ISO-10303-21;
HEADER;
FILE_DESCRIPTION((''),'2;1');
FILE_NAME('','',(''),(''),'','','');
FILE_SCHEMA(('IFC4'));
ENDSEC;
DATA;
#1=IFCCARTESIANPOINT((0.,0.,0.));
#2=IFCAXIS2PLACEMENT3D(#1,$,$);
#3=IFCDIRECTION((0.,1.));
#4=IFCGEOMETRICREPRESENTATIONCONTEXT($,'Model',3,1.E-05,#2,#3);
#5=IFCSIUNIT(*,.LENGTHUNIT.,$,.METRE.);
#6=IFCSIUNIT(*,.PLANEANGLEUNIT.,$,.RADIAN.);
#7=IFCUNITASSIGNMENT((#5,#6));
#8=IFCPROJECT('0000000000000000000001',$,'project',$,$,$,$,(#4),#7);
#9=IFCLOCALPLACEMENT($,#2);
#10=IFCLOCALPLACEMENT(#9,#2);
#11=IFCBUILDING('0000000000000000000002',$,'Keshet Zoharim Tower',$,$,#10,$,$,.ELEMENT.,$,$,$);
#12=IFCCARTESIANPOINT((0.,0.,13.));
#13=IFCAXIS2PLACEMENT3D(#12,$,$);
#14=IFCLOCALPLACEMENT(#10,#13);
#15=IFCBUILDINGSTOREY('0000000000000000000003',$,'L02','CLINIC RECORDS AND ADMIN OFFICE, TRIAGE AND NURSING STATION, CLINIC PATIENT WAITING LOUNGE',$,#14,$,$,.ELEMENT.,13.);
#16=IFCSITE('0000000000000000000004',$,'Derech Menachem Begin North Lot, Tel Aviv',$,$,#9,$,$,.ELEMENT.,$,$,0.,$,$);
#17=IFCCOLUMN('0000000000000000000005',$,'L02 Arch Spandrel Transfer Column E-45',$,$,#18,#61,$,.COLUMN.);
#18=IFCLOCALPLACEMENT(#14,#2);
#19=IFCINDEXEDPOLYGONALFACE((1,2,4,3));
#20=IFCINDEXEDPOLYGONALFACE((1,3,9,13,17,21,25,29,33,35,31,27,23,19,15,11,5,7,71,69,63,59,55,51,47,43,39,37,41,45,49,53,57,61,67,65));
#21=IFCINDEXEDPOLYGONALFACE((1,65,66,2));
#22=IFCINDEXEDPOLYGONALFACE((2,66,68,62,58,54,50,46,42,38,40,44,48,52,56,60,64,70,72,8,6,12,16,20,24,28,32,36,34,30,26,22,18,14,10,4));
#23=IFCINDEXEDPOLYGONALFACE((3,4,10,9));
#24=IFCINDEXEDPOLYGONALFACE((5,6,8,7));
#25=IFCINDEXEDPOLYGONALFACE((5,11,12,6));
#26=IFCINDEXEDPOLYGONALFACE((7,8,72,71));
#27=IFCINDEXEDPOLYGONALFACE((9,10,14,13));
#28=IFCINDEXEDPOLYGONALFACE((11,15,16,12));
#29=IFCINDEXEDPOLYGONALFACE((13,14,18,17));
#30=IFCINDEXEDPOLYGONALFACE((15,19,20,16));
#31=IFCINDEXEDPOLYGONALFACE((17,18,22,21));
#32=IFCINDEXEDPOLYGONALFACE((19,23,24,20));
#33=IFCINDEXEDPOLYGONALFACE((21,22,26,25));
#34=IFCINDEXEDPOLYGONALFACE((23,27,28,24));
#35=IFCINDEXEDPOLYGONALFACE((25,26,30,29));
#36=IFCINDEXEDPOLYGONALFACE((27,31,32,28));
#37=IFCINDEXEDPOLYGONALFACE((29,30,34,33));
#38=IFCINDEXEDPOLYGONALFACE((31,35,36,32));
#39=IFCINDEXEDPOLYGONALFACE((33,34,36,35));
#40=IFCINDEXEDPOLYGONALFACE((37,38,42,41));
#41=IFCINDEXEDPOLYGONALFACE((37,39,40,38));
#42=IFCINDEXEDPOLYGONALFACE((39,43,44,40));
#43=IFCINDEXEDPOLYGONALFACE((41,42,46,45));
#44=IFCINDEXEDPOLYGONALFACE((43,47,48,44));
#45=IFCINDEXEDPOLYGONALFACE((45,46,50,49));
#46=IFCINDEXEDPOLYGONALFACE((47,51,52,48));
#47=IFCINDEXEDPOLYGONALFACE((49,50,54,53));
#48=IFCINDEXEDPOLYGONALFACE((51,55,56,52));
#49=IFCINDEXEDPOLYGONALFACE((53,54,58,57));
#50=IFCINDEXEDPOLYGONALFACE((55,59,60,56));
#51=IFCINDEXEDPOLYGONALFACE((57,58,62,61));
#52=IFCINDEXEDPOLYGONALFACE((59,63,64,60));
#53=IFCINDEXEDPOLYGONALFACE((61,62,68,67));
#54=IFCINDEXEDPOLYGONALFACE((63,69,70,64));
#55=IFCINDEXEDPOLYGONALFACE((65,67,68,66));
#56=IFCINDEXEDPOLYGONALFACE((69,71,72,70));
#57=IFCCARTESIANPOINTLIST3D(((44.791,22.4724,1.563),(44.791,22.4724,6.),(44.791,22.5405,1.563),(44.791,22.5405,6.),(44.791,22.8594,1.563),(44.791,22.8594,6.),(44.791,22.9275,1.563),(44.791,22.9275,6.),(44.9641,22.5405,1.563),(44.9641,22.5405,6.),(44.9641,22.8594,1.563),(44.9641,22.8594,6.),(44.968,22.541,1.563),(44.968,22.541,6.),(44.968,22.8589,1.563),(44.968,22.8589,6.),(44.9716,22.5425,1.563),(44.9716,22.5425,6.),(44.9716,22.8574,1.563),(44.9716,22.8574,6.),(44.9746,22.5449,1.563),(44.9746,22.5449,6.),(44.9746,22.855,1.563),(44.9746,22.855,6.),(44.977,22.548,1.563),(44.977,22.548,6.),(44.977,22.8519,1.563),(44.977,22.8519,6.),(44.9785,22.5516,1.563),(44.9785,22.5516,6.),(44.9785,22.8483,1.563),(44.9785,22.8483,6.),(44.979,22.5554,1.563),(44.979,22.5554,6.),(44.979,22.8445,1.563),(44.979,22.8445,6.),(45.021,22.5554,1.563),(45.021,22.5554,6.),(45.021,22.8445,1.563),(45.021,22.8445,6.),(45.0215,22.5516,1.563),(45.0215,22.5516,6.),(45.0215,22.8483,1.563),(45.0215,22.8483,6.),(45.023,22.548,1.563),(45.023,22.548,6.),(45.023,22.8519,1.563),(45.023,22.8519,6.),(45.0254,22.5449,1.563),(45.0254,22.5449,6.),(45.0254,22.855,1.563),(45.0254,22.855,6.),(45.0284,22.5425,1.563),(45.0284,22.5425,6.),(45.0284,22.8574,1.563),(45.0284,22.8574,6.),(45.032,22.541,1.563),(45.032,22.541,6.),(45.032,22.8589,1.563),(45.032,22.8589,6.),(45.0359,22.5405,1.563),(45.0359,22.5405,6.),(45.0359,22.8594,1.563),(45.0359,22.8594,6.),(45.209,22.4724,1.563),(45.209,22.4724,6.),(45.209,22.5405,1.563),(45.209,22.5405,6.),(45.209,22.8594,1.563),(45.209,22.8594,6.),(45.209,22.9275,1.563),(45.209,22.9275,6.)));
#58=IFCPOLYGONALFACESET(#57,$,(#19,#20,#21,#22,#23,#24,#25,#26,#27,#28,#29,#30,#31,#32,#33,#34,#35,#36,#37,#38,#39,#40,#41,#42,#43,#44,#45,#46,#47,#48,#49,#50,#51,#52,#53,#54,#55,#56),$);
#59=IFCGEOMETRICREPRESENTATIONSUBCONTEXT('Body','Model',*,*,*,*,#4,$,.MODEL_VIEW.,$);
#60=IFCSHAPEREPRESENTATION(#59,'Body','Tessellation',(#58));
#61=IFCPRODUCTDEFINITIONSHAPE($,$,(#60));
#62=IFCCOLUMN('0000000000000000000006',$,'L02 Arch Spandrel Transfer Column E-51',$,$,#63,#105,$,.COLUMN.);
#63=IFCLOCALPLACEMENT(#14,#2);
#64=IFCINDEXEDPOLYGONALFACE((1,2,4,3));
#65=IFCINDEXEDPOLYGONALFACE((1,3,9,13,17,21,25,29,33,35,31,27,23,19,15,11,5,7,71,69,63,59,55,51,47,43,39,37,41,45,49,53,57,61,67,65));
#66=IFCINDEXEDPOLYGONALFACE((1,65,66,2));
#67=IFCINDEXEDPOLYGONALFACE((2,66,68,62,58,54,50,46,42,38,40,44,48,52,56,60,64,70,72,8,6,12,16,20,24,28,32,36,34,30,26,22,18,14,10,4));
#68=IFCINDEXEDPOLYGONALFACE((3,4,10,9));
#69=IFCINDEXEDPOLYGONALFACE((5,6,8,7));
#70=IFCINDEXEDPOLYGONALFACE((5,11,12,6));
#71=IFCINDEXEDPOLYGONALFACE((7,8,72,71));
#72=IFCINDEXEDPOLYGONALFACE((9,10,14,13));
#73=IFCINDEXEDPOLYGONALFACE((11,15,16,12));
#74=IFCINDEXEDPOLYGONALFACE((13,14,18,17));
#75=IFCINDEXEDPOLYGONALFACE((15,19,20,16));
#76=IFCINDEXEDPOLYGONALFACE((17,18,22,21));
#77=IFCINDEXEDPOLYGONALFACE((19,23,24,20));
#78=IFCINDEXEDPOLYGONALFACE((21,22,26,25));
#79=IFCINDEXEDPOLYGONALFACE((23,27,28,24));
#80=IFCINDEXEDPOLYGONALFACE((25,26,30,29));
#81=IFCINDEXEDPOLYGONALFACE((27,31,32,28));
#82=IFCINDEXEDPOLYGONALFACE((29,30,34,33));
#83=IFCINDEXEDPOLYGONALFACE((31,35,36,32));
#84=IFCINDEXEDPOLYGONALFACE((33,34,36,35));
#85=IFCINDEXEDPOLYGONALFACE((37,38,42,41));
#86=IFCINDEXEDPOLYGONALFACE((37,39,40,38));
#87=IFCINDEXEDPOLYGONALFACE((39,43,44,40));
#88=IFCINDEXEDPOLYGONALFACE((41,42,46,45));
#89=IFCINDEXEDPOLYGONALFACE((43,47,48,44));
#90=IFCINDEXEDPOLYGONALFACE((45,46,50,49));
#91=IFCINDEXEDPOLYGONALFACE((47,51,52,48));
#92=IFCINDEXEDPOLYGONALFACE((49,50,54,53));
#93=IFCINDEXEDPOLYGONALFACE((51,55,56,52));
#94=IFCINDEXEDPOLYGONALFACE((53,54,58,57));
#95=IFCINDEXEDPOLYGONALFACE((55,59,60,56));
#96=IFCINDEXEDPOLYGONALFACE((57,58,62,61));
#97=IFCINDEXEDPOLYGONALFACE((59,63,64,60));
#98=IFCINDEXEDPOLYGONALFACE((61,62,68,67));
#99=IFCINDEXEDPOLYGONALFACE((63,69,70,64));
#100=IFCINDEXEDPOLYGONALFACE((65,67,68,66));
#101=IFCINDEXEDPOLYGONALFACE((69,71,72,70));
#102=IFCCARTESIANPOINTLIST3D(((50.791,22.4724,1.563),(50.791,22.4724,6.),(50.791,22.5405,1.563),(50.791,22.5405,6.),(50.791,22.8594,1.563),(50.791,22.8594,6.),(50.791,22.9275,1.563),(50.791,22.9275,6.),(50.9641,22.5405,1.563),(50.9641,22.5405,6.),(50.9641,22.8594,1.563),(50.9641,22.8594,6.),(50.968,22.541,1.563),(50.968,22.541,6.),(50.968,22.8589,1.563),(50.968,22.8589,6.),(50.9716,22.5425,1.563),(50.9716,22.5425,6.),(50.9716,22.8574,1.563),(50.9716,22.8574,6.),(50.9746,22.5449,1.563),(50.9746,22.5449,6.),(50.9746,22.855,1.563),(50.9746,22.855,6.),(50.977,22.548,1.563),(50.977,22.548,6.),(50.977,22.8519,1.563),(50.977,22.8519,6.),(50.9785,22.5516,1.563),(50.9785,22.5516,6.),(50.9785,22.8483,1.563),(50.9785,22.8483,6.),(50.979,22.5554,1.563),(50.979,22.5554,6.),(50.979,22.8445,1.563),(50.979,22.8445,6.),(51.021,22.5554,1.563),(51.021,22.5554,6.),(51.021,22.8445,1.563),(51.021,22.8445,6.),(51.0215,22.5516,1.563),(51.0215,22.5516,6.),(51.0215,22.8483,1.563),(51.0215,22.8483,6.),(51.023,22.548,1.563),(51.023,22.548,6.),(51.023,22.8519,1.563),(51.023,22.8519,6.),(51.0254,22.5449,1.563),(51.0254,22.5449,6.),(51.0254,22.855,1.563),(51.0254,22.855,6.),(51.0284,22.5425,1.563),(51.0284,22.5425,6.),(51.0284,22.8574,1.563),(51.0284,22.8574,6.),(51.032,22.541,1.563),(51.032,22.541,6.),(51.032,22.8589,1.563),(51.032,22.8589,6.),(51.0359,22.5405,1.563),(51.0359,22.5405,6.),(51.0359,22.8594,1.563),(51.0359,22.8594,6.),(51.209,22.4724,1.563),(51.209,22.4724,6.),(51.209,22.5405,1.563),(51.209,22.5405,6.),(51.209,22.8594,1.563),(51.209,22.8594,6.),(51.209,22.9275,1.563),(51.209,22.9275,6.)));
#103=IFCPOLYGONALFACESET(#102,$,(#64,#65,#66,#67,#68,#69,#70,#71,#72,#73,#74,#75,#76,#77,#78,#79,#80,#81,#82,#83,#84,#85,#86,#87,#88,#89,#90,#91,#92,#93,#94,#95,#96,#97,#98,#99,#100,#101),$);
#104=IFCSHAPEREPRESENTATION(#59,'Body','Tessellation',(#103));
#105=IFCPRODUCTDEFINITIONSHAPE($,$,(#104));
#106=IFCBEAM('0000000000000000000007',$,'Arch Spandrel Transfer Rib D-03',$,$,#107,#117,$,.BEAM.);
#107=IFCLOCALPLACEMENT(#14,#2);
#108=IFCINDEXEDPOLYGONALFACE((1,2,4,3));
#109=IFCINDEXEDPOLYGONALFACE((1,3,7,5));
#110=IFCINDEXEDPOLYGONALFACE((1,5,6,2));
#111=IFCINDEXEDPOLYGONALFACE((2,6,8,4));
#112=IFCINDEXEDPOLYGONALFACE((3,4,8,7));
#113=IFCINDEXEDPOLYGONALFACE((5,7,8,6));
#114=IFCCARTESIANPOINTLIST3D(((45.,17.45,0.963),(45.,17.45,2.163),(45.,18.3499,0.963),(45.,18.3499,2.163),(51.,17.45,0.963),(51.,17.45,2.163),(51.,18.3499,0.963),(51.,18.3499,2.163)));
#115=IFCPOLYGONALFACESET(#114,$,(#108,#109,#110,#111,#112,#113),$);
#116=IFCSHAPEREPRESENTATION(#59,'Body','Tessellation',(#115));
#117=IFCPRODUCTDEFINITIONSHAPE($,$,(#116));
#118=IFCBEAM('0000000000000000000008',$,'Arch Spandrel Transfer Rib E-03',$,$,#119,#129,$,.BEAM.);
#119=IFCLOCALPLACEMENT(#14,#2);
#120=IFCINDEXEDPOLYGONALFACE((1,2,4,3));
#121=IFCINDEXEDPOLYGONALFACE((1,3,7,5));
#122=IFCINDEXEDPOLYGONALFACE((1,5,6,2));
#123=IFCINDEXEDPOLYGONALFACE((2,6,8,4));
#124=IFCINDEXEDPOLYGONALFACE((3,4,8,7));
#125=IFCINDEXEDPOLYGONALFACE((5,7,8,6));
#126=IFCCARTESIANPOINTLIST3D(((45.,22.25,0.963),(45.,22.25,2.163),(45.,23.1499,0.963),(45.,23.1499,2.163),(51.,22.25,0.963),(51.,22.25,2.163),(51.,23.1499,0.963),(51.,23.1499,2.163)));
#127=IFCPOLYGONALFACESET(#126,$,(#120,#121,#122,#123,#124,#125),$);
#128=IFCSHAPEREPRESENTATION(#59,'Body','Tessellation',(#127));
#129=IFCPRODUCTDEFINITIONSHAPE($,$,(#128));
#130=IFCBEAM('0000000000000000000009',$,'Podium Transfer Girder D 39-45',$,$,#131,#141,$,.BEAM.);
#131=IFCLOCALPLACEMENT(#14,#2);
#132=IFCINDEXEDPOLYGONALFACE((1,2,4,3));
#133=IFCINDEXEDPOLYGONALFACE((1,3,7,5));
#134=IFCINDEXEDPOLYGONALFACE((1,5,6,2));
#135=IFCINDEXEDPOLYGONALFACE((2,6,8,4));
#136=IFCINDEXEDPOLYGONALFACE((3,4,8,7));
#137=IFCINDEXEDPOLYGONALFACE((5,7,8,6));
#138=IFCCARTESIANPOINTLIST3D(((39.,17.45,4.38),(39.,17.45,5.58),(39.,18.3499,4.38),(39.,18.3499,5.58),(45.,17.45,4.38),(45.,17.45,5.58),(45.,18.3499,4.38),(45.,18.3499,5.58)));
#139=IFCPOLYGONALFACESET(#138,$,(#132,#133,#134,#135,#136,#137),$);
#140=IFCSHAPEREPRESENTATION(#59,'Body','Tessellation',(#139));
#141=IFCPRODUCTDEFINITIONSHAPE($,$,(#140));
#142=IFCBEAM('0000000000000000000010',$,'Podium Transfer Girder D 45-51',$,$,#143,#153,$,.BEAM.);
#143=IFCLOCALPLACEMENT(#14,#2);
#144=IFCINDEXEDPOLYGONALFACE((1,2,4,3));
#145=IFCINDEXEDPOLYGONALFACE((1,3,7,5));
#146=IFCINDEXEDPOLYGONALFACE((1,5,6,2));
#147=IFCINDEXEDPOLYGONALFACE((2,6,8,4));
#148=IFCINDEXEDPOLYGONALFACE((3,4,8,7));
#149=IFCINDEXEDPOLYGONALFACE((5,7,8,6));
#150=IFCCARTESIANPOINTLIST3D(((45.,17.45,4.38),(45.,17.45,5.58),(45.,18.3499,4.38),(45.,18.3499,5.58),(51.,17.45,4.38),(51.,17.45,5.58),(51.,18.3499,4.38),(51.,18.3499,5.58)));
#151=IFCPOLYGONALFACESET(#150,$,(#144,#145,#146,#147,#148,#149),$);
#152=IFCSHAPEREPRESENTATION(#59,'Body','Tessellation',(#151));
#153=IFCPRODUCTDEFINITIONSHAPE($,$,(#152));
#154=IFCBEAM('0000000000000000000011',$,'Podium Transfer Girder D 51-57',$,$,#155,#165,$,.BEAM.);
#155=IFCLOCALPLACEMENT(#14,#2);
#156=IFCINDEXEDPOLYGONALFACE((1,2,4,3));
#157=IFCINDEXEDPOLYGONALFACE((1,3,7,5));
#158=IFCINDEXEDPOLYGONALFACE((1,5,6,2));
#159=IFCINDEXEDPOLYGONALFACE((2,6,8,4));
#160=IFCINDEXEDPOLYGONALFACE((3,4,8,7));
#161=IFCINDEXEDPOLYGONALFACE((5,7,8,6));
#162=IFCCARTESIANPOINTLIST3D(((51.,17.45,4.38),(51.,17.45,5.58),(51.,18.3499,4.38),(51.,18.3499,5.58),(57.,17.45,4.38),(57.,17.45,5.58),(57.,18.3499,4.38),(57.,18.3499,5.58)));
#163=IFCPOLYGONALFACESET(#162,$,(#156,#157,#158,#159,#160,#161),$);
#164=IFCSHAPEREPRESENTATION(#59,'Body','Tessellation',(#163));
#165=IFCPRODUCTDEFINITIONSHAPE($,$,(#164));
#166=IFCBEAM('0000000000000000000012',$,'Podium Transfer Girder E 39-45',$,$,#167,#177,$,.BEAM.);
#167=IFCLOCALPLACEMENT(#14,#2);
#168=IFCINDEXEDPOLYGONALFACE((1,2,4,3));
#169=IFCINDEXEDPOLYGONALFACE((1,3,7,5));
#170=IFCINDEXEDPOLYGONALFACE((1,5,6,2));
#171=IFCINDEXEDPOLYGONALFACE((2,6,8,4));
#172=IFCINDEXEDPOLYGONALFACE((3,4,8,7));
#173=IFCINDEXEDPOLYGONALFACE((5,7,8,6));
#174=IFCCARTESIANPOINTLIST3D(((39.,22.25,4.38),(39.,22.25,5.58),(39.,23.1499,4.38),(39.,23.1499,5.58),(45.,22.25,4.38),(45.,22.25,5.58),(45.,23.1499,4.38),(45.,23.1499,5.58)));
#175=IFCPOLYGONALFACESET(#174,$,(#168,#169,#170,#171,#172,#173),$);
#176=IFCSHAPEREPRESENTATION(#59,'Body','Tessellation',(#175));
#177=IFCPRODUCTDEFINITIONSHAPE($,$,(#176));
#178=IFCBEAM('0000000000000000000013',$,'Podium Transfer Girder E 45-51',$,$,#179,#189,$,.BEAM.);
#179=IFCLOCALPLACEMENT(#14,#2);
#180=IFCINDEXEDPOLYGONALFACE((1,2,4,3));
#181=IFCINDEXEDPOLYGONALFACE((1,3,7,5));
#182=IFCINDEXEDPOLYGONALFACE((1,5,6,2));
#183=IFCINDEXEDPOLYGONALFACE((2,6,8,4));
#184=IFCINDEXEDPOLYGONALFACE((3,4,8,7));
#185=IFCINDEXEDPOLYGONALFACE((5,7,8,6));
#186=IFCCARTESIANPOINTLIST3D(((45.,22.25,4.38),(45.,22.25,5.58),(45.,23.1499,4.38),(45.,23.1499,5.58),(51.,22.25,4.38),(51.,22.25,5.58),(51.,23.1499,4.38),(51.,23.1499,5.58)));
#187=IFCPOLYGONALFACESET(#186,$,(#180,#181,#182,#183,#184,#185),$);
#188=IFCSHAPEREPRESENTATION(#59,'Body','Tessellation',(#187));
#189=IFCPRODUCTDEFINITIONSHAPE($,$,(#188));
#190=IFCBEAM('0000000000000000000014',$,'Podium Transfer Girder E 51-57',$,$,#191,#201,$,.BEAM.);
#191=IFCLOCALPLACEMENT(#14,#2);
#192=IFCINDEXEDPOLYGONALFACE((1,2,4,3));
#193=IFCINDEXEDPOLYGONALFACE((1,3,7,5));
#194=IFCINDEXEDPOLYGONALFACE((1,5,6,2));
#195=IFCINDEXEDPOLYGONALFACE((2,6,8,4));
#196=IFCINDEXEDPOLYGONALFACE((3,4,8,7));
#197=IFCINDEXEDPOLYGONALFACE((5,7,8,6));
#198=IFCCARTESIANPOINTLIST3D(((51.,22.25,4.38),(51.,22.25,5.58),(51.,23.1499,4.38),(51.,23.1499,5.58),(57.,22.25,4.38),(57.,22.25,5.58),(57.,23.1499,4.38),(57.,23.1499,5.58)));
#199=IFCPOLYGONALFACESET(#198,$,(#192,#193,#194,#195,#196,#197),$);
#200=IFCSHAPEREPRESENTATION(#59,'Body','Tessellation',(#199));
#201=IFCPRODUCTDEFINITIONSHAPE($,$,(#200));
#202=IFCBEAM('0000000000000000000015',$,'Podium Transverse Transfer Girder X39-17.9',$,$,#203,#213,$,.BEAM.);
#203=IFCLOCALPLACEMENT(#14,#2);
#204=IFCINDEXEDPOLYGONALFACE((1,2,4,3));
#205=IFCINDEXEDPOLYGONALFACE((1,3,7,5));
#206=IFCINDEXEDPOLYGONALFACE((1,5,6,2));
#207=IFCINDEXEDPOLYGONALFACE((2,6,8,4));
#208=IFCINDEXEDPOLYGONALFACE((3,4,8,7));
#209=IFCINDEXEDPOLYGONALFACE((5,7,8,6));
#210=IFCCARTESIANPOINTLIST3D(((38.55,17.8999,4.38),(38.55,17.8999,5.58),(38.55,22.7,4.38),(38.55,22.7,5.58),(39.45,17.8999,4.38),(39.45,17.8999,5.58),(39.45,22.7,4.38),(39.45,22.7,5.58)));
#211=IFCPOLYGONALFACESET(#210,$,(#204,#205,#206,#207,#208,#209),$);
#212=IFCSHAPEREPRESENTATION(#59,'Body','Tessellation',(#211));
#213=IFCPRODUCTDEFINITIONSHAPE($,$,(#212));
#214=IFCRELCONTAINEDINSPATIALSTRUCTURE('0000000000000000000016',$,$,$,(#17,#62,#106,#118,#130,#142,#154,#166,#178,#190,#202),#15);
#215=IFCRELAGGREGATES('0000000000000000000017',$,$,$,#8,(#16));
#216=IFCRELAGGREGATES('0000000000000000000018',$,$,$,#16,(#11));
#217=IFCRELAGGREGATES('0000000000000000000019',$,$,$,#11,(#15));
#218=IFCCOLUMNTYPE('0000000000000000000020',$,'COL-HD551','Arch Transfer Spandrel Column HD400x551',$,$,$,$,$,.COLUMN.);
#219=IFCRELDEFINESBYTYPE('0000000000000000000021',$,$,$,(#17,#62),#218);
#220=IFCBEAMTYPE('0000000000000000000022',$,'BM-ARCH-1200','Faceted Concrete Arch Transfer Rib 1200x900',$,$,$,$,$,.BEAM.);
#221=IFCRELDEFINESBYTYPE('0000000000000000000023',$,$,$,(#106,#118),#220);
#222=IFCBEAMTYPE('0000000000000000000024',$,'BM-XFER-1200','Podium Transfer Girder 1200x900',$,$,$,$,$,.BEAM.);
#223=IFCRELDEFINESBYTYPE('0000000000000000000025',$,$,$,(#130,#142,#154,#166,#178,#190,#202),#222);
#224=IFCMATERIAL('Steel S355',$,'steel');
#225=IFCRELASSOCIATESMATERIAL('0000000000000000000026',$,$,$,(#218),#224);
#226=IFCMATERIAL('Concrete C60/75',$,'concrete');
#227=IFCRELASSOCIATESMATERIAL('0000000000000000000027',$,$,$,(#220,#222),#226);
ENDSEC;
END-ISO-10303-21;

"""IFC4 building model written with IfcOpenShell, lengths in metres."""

from ifc_helpers import new_model, si_unit, direction, frame, origin, origin_2d, place, context, subcontext, project, spatial, rectangle, i_section, extrude, material, material_profile, profile_set, type_object, element, save


model = new_model("IFC4")

# Units and contexts
model_context = context("Model", 3, precision=1e-05, world=origin(), true_north=direction((0.0, 1.0)))
body_context = subcontext(model_context, "Body", "Model", "MODEL_VIEW")
ifc_project = project(units=[si_unit("LENGTHUNIT", "METRE"), si_unit("PLANEANGLEUNIT", "RADIAN")], contexts=[model_context])

# Site, building, storey
site_placement = place(None, origin())
site = spatial("IfcSite", under=ifc_project, at=site_placement, Name="Derech Menachem Begin North Lot, Tel Aviv", CompositionType="ELEMENT", RefElevation=0.0)
building_placement = place(site_placement, origin())
building = spatial("IfcBuilding", under=site, at=building_placement, Name="Keshet Zoharim Tower", CompositionType="ELEMENT")
storey_placement = place(building_placement, frame((0.0, 0.0, 13.0)))
storey = spatial("IfcBuildingStorey", under=building, at=storey_placement, Name="L02", Description="CLINIC RECORDS AND ADMIN OFFICE, TRIAGE AND NURSING STATION, CLINIC PATIENT WAITING LOUNGE", CompositionType="ELEMENT", Elevation=13.0)

# Columns
ifc_material_1 = material(Name="Steel S355", Category="steel")
ifc_material_profile_1 = material_profile(ifc_material_1, i_section(OverallWidth=0.418, OverallDepth=0.4551, WebThickness=0.042, FlangeThickness=0.0681, FilletRadius=0.0149, at=origin_2d()), Name="HD400x551")
ifc_profile_set_1 = profile_set([ifc_material_profile_1], Name="Steel S355")
column_type = type_object("IfcColumnType", Name="COL-HD551", Description="Arch Transfer Spandrel Column HD400x551", PredefinedType="COLUMN", material=ifc_profile_set_1)
for number, where, z_axis, x_axis, name in (
    (1, (45.0, 22.7, 1.563), (0.0, 0.0, 1.0), (1.0, 0.0, 0.0), "L02 Arch Spandrel Transfer Column E-45"),
    (2, (51.0, 22.7, 1.563), (0.0, 0.0, 1.0), (1.0, 0.0, 0.0), "L02 Arch Spandrel Transfer Column E-51"),
):
    element("IfcColumn", number, at=place(storey_placement, frame(where, z_axis=z_axis, x_axis=x_axis)), inside=storey, type_object=column_type, Name=name, PredefinedType="COLUMN", context=body_context, shape_type="SweptSolid", body=[
        extrude(i_section(OverallWidth=0.418, OverallDepth=0.4551, WebThickness=0.042, FlangeThickness=0.0681, FilletRadius=0.0149, at=origin_2d()), origin(), (0.0, 0.0, 1.0), 4.437),
    ])

# Beams
ifc_material_2 = material(Name="Concrete C60/75", Category="concrete")
ifc_material_profile_2 = material_profile(ifc_material_2, rectangle(XDim=0.8999, YDim=1.2, at=origin_2d()), Name="RC1200x900")
ifc_profile_set_2 = profile_set([ifc_material_profile_2], Name="Concrete C60/75")
beam_type_1 = type_object("IfcBeamType", Name="BM-ARCH-1200", Description="Faceted Concrete Arch Transfer Rib 1200x900", PredefinedType="BEAM", material=ifc_profile_set_2)
for number, where, z_axis, x_axis, name in (
    (3, (45.0, 17.8999, 1.563), (1.0, 0.0, 0.0), (0.0, 1.0, 0.0), "Arch Spandrel Transfer Rib D-03"),
    (4, (45.0, 22.7, 1.563), (1.0, 0.0, 0.0), (0.0, 1.0, 0.0), "Arch Spandrel Transfer Rib E-03"),
):
    element("IfcBeam", number, at=place(storey_placement, frame(where, z_axis=z_axis, x_axis=x_axis)), inside=storey, type_object=beam_type_1, Name=name, PredefinedType="BEAM", context=body_context, shape_type="SweptSolid", body=[
        extrude(rectangle(XDim=0.8999, YDim=1.2, at=origin_2d()), origin(), (0.0, 0.0, 1.0), 6.0),
    ])
ifc_material_profile_3 = material_profile(ifc_material_2, rectangle(XDim=0.8999, YDim=1.2, at=origin_2d()), Name="RC1200x900")
ifc_profile_set_3 = profile_set([ifc_material_profile_3], Name="Concrete C60/75")
beam_type_2 = type_object("IfcBeamType", Name="BM-XFER-1200", Description="Podium Transfer Girder 1200x900", PredefinedType="BEAM", material=ifc_profile_set_3)
for number, where, z_axis, x_axis, name in (
    (5, (39.0, 17.8999, 4.98), (1.0, 0.0, 0.0), (0.0, 1.0, 0.0), "Podium Transfer Girder D 39-45"),
    (6, (45.0, 17.8999, 4.98), (1.0, 0.0, 0.0), (0.0, 1.0, 0.0), "Podium Transfer Girder D 45-51"),
    (7, (51.0, 17.8999, 4.98), (1.0, 0.0, 0.0), (0.0, 1.0, 0.0), "Podium Transfer Girder D 51-57"),
    (8, (39.0, 22.7, 4.98), (1.0, 0.0, 0.0), (0.0, 1.0, 0.0), "Podium Transfer Girder E 39-45"),
    (9, (45.0, 22.7, 4.98), (1.0, 0.0, 0.0), (0.0, 1.0, 0.0), "Podium Transfer Girder E 45-51"),
    (10, (51.0, 22.7, 4.98), (1.0, 0.0, 0.0), (0.0, 1.0, 0.0), "Podium Transfer Girder E 51-57"),
):
    element("IfcBeam", number, at=place(storey_placement, frame(where, z_axis=z_axis, x_axis=x_axis)), inside=storey, type_object=beam_type_2, Name=name, PredefinedType="BEAM", context=body_context, shape_type="SweptSolid", body=[
        extrude(rectangle(XDim=0.8999, YDim=1.2, at=origin_2d()), origin(), (0.0, 0.0, 1.0), 6.0),
    ])
beam_1_placement = place(storey_placement, frame((39.0, 17.8999, 4.98), z_axis=(0.0, 1.0, 0.0), x_axis=(-1.0, 0.0, 0.0)))
element("IfcBeam", 11, at=beam_1_placement, inside=storey, type_object=beam_type_2, Name="Podium Transverse Transfer Girder X39-17.9", PredefinedType="BEAM", context=body_context, shape_type="SweptSolid", body=[
    extrude(rectangle(XDim=0.8999, YDim=1.2, at=origin_2d()), origin(), (0.0, 0.0, 1.0), 4.8),
])

save(model, "model.ifc")
